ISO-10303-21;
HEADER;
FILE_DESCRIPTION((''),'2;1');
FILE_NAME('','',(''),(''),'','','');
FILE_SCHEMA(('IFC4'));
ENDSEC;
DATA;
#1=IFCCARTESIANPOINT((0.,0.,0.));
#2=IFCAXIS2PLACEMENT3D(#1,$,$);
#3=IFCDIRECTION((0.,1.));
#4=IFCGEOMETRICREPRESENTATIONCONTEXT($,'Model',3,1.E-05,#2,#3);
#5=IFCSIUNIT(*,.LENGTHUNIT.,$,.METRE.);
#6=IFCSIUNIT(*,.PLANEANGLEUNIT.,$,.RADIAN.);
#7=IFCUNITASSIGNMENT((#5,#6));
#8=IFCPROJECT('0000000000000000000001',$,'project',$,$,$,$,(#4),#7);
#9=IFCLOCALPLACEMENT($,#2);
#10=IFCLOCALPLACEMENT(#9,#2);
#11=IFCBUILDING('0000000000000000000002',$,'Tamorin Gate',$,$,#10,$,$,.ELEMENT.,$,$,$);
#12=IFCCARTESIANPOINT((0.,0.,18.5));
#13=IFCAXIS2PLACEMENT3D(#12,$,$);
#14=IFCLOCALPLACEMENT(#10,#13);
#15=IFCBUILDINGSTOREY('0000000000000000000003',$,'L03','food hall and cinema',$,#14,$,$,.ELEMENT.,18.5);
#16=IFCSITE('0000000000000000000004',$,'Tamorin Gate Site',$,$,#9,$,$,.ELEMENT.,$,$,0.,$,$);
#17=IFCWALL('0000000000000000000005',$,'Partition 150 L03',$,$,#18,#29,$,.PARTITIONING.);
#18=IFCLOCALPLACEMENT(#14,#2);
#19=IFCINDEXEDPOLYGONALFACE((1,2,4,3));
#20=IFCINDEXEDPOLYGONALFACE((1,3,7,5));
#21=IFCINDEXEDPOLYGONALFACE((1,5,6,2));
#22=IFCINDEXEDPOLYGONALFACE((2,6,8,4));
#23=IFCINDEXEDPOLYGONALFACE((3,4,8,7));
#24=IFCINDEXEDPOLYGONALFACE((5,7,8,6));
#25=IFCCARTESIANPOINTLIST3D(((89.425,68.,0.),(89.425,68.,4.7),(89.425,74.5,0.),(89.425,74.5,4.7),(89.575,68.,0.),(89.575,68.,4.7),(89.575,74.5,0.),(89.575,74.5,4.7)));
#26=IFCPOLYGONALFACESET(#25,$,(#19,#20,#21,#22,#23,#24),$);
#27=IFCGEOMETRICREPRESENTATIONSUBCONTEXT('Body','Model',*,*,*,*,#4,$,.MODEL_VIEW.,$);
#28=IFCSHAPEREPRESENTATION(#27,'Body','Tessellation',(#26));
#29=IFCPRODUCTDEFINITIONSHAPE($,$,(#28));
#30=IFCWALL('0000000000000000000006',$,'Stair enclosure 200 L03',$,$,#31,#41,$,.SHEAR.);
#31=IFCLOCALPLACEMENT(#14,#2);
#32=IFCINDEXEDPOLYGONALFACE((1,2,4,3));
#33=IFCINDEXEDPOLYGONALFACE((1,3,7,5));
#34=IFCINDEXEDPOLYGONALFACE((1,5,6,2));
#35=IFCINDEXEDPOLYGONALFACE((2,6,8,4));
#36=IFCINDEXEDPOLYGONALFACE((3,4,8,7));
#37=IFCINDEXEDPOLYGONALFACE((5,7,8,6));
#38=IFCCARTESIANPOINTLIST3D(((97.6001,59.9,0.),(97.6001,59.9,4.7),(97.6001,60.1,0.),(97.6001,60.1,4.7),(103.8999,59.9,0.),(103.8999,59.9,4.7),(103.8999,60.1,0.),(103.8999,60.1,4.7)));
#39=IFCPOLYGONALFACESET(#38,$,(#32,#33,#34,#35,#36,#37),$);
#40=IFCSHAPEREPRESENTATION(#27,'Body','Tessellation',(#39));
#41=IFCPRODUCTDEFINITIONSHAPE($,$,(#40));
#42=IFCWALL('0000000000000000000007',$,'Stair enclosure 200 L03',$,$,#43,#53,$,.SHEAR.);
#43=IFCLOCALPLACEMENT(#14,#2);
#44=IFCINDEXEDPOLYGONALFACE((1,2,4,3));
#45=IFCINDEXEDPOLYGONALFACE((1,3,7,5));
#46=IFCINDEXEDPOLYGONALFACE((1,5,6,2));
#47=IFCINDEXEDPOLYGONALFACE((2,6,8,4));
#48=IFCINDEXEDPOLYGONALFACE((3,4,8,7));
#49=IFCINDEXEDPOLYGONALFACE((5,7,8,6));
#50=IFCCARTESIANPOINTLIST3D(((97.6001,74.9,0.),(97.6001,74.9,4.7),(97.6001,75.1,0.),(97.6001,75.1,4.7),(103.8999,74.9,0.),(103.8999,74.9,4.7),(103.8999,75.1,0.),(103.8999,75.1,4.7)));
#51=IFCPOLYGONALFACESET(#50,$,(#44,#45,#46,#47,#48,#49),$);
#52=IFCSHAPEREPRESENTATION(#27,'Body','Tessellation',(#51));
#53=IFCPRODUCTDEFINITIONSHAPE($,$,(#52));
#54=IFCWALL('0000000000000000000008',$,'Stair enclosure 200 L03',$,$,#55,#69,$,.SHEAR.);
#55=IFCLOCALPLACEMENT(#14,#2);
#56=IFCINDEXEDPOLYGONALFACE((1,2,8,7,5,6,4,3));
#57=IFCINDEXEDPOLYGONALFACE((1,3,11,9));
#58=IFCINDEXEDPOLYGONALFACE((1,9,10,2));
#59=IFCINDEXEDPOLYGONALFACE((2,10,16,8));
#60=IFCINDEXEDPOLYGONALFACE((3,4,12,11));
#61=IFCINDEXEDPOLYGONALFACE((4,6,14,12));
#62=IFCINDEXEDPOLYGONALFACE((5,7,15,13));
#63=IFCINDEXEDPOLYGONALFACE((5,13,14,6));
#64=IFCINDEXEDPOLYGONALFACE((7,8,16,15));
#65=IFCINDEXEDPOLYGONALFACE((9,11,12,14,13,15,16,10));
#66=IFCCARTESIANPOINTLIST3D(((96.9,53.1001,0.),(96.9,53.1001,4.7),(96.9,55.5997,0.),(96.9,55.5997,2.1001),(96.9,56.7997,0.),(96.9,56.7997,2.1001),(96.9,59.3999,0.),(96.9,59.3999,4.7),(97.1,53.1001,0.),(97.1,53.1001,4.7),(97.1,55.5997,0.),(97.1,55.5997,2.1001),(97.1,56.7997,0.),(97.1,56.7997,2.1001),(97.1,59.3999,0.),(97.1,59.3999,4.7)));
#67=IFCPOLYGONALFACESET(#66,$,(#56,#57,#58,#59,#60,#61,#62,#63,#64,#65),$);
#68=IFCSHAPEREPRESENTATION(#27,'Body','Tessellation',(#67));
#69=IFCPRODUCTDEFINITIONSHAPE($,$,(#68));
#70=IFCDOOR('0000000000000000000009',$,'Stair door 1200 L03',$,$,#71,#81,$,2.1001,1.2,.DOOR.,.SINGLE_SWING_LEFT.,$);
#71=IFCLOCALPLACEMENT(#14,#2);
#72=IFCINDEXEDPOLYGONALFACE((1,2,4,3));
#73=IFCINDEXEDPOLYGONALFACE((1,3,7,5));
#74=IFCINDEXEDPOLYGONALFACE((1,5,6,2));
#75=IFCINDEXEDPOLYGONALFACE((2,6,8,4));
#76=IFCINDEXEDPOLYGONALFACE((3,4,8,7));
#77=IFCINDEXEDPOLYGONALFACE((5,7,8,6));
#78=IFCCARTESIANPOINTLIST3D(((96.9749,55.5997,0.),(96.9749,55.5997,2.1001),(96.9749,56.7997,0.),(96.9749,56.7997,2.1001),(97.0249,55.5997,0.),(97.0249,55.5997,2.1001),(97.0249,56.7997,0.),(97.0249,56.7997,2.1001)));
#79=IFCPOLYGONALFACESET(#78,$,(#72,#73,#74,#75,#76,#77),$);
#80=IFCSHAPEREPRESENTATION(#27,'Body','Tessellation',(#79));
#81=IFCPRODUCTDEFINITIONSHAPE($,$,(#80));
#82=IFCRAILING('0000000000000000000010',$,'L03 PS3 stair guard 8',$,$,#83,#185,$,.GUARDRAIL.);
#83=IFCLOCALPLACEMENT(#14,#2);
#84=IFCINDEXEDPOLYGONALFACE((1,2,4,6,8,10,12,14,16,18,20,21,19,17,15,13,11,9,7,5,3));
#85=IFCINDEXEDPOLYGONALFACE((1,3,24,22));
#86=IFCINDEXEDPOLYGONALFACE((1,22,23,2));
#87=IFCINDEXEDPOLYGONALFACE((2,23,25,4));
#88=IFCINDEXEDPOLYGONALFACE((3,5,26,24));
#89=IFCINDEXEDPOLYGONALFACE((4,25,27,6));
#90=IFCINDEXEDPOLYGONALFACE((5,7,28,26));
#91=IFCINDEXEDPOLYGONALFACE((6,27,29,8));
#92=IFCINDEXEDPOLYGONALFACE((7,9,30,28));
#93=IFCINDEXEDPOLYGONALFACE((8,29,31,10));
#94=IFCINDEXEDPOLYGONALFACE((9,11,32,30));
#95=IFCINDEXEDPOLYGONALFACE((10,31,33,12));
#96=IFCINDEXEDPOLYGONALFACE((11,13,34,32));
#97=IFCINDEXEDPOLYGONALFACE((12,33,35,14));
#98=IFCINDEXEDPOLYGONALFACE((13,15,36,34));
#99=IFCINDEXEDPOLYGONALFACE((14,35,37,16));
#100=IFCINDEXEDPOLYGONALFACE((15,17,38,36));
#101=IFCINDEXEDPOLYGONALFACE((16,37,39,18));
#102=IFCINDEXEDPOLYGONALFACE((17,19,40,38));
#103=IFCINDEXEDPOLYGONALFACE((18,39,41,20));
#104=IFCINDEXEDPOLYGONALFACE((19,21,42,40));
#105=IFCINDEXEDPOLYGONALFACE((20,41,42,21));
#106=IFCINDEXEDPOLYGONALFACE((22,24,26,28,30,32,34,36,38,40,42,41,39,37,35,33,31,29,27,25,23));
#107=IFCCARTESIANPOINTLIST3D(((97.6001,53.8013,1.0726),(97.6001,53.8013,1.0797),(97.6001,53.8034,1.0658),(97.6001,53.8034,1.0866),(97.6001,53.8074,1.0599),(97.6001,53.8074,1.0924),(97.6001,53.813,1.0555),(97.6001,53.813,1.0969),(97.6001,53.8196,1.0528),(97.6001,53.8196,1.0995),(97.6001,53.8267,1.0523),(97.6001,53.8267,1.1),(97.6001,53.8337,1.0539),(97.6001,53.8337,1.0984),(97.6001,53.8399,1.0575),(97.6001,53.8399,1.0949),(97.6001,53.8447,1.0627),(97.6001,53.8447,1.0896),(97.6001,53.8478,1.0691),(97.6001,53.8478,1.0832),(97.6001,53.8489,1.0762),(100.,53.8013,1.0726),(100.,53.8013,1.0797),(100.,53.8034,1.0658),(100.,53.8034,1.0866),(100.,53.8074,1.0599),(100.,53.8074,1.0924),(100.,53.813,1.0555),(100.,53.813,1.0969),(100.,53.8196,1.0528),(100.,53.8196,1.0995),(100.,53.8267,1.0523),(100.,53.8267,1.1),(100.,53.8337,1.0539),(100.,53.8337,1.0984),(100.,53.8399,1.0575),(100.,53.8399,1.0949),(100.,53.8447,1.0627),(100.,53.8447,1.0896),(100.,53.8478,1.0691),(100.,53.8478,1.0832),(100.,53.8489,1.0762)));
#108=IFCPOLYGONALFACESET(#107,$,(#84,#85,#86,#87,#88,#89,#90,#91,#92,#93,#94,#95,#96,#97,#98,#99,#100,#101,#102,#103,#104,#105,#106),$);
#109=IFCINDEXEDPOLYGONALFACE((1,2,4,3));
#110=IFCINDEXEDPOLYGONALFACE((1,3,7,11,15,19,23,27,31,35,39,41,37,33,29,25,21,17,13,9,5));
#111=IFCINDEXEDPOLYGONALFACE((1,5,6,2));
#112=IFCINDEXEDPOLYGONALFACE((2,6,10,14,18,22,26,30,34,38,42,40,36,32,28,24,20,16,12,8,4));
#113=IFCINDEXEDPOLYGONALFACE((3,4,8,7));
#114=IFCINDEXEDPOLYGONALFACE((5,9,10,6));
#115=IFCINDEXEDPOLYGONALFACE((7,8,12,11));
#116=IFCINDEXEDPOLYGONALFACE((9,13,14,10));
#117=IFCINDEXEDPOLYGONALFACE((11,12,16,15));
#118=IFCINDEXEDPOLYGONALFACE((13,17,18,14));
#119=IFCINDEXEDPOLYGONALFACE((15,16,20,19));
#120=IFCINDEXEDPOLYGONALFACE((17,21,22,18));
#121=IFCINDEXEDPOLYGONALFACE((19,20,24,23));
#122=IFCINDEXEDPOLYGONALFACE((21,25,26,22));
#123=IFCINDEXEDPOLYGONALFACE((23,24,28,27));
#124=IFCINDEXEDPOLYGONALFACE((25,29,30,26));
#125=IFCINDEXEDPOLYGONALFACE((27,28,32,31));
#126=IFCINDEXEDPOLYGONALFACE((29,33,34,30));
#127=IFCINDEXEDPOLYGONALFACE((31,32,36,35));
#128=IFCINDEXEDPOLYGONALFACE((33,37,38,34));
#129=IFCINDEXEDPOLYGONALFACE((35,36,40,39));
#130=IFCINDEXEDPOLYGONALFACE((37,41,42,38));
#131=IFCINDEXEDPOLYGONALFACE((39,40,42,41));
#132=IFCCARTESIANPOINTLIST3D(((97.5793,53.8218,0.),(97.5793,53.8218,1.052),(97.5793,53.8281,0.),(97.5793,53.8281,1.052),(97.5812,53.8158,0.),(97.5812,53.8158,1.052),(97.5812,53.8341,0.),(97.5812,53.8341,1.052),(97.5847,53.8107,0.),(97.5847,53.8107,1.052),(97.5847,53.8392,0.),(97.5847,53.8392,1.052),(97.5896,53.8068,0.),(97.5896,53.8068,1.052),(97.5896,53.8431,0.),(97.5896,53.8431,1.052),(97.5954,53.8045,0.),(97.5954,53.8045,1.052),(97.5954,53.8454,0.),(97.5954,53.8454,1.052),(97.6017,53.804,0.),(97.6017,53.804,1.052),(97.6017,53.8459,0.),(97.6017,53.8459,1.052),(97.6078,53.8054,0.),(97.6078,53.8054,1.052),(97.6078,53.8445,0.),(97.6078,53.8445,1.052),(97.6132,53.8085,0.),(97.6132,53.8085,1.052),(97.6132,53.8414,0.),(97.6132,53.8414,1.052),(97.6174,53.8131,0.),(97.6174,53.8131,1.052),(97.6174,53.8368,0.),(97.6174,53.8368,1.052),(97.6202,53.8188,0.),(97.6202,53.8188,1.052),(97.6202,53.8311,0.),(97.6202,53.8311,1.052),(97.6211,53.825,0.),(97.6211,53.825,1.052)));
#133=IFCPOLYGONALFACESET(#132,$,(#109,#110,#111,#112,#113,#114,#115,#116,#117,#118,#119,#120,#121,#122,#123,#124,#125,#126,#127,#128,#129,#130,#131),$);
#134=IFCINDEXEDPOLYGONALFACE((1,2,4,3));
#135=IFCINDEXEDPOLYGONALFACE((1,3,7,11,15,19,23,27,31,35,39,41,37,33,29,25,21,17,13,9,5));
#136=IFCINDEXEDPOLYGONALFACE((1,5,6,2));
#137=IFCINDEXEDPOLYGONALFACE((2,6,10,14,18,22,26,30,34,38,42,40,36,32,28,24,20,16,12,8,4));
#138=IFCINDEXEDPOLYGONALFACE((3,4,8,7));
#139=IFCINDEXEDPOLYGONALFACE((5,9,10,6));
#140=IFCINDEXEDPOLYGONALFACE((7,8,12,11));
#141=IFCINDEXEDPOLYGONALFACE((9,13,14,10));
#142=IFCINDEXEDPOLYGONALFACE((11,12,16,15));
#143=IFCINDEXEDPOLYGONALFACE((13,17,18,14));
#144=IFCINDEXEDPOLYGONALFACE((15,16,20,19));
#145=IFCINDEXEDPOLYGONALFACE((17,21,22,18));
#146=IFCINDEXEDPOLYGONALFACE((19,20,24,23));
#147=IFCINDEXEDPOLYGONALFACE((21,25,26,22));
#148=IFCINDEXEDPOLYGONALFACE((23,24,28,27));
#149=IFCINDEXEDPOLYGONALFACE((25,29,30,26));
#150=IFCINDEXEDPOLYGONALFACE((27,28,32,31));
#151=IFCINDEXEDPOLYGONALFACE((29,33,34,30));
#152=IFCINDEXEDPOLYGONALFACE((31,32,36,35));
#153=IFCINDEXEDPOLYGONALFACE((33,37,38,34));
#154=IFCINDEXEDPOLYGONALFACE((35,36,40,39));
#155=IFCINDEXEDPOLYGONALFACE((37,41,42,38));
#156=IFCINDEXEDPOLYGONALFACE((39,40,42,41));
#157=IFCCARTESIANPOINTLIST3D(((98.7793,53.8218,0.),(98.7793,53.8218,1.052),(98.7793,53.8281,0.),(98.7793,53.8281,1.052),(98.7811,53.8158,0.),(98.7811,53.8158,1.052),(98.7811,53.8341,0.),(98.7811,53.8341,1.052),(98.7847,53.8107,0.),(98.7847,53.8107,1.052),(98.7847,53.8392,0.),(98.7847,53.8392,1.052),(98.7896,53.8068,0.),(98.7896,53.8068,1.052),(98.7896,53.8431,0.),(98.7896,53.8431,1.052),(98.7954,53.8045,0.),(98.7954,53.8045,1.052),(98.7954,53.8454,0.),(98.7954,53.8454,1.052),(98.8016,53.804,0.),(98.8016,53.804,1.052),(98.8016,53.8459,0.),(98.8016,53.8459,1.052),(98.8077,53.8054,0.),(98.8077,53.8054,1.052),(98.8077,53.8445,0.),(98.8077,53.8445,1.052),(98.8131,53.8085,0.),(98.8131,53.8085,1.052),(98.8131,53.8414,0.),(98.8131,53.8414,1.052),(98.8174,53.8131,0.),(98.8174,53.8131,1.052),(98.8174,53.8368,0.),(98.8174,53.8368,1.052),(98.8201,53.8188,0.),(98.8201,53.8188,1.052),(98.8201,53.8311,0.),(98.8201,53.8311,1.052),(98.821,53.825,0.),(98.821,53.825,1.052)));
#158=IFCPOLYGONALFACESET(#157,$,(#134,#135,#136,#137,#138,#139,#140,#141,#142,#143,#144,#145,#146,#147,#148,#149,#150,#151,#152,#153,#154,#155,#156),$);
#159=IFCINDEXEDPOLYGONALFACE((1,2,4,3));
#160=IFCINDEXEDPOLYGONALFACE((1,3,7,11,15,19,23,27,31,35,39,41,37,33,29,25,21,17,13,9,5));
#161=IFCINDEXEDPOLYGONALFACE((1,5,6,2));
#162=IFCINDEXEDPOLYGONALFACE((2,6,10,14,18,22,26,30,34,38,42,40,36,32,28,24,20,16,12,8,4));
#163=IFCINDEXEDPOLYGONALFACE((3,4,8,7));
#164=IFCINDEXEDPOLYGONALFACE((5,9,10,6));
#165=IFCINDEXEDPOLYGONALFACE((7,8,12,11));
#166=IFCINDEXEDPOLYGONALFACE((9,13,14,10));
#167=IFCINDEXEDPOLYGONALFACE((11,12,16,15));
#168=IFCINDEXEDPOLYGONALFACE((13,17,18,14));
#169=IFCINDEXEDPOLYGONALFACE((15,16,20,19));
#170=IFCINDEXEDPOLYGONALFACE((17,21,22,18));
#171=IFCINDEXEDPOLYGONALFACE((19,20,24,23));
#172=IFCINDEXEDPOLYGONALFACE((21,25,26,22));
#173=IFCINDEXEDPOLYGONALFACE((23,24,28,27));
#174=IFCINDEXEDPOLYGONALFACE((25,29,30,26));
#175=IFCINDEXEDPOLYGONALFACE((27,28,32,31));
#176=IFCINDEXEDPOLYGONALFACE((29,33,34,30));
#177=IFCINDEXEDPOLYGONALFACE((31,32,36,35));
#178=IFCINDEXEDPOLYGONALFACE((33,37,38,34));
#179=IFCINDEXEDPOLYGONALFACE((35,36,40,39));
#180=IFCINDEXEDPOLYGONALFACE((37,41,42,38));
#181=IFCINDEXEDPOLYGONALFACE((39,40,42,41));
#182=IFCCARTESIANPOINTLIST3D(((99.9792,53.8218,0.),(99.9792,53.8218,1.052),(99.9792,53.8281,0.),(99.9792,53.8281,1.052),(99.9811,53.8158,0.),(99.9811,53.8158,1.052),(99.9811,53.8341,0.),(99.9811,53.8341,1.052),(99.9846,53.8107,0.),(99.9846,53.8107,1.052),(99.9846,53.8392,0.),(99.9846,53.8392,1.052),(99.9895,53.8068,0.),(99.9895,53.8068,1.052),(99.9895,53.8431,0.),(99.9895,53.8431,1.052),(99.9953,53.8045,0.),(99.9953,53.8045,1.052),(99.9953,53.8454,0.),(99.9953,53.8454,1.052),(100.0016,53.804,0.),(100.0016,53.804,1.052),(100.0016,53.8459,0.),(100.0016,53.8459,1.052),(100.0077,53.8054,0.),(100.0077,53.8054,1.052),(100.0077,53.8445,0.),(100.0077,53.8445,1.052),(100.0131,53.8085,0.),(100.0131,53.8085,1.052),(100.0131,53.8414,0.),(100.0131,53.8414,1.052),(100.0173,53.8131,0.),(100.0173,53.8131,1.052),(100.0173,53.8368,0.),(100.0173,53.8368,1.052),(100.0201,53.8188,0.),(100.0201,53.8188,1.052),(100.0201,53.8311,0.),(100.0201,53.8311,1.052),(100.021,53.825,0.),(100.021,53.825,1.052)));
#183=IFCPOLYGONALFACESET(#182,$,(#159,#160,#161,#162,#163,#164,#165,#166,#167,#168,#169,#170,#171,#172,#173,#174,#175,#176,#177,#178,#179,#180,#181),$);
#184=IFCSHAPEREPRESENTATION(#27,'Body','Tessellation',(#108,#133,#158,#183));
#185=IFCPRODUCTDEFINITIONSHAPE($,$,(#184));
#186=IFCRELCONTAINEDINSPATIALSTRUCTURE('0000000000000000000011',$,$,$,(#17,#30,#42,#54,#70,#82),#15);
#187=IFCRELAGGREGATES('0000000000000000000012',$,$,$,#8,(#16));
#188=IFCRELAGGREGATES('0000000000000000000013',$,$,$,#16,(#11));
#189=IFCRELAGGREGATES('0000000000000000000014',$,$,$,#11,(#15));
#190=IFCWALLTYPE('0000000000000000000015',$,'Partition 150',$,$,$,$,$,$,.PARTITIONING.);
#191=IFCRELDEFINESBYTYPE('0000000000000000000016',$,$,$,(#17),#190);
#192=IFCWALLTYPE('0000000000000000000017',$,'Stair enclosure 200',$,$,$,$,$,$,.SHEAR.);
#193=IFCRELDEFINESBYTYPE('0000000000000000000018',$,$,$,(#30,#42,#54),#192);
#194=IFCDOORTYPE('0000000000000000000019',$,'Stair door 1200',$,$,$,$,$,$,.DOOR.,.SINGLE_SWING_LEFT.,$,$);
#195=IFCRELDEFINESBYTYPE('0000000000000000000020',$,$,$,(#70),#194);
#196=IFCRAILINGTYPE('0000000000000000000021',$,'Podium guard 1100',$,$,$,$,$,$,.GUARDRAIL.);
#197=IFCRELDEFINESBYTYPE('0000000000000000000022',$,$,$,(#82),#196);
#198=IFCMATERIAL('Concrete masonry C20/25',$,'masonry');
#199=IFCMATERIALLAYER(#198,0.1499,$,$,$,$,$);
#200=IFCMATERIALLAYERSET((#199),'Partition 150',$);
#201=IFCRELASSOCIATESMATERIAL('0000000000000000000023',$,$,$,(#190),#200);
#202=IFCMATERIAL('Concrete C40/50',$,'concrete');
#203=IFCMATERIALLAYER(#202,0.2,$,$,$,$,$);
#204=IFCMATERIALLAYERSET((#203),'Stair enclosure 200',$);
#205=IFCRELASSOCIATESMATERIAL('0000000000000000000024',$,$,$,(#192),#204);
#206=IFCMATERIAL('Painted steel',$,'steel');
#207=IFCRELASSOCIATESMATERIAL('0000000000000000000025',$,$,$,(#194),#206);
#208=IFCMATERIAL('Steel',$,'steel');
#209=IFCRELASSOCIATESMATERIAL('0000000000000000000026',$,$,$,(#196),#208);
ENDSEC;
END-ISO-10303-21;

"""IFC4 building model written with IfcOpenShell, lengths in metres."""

from ifc_helpers import new_model, si_unit, direction, frame, frame_2d, origin, origin_2d, place, context, subcontext, project, spatial, rectangle, circle, extrude, material, layer, layer_set, type_object, element, fill, save


model = new_model("IFC4")

# Units and contexts
model_context = context("Model", 3, precision=1e-05, world=origin(), true_north=direction((0.0, 1.0)))
body_context = subcontext(model_context, "Body", "Model", "MODEL_VIEW")
ifc_project = project(units=[si_unit("LENGTHUNIT", "METRE"), si_unit("PLANEANGLEUNIT", "RADIAN")], contexts=[model_context])

# Site, building, storey
site_placement = place(None, origin())
site = spatial("IfcSite", under=ifc_project, at=site_placement, Name="Tamorin Gate Site", CompositionType="ELEMENT", RefElevation=0.0)
building_placement = place(site_placement, origin())
building = spatial("IfcBuilding", under=site, at=building_placement, Name="Tamorin Gate", CompositionType="ELEMENT")
storey_placement = place(building_placement, frame((0.0, 0.0, 18.5)))
storey = spatial("IfcBuildingStorey", under=building, at=storey_placement, Name="L03", Description="food hall and cinema", CompositionType="ELEMENT", Elevation=18.5)

# Shared definitions
ifc_material_1 = material(Name="Concrete masonry C20/25", Category="masonry")
ifc_layer_1 = layer(ifc_material_1, 0.1499)
ifc_layer_set_1 = layer_set([ifc_layer_1], Name="Partition 150")
wall_type_1 = type_object("IfcWallType", Name="Partition 150", PredefinedType="PARTITIONING", material=ifc_layer_set_1)

# Walls
for number, where, z_axis, x_axis, name in (
    (1, (89.5, 68.0, 0.0), (0.0, 0.0, 1.0), (0.0, 1.0, 0.0), "Partition 150 L03"),
):
    element("IfcWall", number, at=place(storey_placement, frame(where, z_axis=z_axis, x_axis=x_axis)), inside=storey, type_object=wall_type_1, Name=name, PredefinedType="PARTITIONING", context=body_context, shape_type="SweptSolid", body=[
        extrude(rectangle(XDim=6.5, YDim=0.1499, at=frame_2d((3.25, 0.0))), origin(), (0.0, 0.0, 1.0), 4.7),
    ])
ifc_material_2 = material(Name="Concrete C40/50", Category="concrete")
ifc_layer_2 = layer(ifc_material_2, 0.2)
ifc_layer_set_2 = layer_set([ifc_layer_2], Name="Stair enclosure 200")
wall_type_2 = type_object("IfcWallType", Name="Stair enclosure 200", PredefinedType="SHEAR", material=ifc_layer_set_2)
for number, where, z_axis, x_axis, name in (
    (2, (97.6001, 60.0, 0.0), (0.0, 0.0, 1.0), (1.0, 0.0, 0.0), "Stair enclosure 200 L03"),
    (3, (97.6001, 75.0, 0.0), (0.0, 0.0, 1.0), (1.0, 0.0, 0.0), "Stair enclosure 200 L03"),
):
    element("IfcWall", number, at=place(storey_placement, frame(where, z_axis=z_axis, x_axis=x_axis)), inside=storey, type_object=wall_type_2, Name=name, PredefinedType="SHEAR", context=body_context, shape_type="SweptSolid", body=[
        extrude(rectangle(XDim=6.2998, YDim=0.2, at=frame_2d((3.1499, 0.0))), origin(), (0.0, 0.0, 1.0), 4.7),
    ])

# Wall, opening, door
wall_1_placement = place(storey_placement, frame((97.0, 59.3999, 0.0), z_axis=(0.0, 0.0, 1.0), x_axis=(0.0, -1.0, 0.0)))
wall_1 = element("IfcWall", 4, at=wall_1_placement, inside=storey, type_object=wall_type_2, Name="Stair enclosure 200 L03", PredefinedType="SHEAR", context=body_context, shape_type="SweptSolid", body=[
    extrude(rectangle(XDim=6.2998, YDim=0.2, at=frame_2d((3.1499, 0.0))), origin(), (0.0, 0.0, 1.0), 4.7),
])
opening_1_placement = place(wall_1_placement, frame((2.6001, 0.0, 0.0)))
opening_1 = element("IfcOpeningElement", 5, at=opening_1_placement, cuts=wall_1, PredefinedType="OPENING", context=body_context, shape_type="SweptSolid", body=[
    extrude(rectangle(XDim=1.2, YDim=2.1001, at=frame_2d((0.6001, 1.05))), frame((0.0, 0.1099, 0.0), z_axis=(0.0, -1.0, 0.0), x_axis=(1.0, 0.0, 0.0)), (0.0, 0.0, 1.0), 0.22),
])
ifc_material_3 = material(Name="Painted steel", Category="steel")
door_type_1 = type_object("IfcDoorType", Name="Stair door 1200", OperationType="SINGLE_SWING_LEFT", PredefinedType="DOOR", material=ifc_material_3)
door_1_placement = place(opening_1_placement, origin())
door_1 = element("IfcDoor", 6, at=door_1_placement, inside=storey, type_object=door_type_1, Name="Stair door 1200 L03", OperationType="SINGLE_SWING_LEFT", OverallHeight=2.1001, OverallWidth=1.2, PredefinedType="DOOR", context=body_context, shape_type="SweptSolid", body=[
    extrude(rectangle(XDim=1.2, YDim=2.1001, at=frame_2d((0.6001, 1.05))), frame((0.0, 0.0249, 0.0), z_axis=(0.0, -1.0, 0.0), x_axis=(1.0, 0.0, 0.0)), (0.0, 0.0, 1.0), 0.05),
])
fill(opening_1, door_1)

# Railing
ifc_material_4 = material(Name="Steel", Category="steel")
railing_type = type_object("IfcRailingType", Name="Podium guard 1100", PredefinedType="GUARDRAIL", material=ifc_material_4)
for number, where, name in (
    (7, (97.6001, 53.825, 0.0), "L03 PS3 stair guard 8"),
):
    element("IfcRailing", number, at=place(storey_placement, frame(where)), inside=storey, type_object=railing_type, Name=name, PredefinedType="GUARDRAIL", context=body_context, shape_type="SweptSolid", body=[
        extrude(circle(Radius=0.0239, at=origin_2d()), frame((0.0, 0.0, 1.0762), z_axis=(1.0, 0.0, 0.0), x_axis=(0.0, 1.0, 0.0)), (0.0, 0.0, 1.0), 2.3999),
        extrude(circle(Radius=0.021, at=origin_2d()), origin(), (0.0, 0.0, 1.0), 1.052),
        extrude(circle(Radius=0.021, at=origin_2d()), frame((1.2, 0.0, 0.0)), (0.0, 0.0, 1.0), 1.052),
        extrude(circle(Radius=0.021, at=origin_2d()), frame((2.3999, 0.0, 0.0)), (0.0, 0.0, 1.0), 1.052),
    ])

save(model, "model.ifc")
